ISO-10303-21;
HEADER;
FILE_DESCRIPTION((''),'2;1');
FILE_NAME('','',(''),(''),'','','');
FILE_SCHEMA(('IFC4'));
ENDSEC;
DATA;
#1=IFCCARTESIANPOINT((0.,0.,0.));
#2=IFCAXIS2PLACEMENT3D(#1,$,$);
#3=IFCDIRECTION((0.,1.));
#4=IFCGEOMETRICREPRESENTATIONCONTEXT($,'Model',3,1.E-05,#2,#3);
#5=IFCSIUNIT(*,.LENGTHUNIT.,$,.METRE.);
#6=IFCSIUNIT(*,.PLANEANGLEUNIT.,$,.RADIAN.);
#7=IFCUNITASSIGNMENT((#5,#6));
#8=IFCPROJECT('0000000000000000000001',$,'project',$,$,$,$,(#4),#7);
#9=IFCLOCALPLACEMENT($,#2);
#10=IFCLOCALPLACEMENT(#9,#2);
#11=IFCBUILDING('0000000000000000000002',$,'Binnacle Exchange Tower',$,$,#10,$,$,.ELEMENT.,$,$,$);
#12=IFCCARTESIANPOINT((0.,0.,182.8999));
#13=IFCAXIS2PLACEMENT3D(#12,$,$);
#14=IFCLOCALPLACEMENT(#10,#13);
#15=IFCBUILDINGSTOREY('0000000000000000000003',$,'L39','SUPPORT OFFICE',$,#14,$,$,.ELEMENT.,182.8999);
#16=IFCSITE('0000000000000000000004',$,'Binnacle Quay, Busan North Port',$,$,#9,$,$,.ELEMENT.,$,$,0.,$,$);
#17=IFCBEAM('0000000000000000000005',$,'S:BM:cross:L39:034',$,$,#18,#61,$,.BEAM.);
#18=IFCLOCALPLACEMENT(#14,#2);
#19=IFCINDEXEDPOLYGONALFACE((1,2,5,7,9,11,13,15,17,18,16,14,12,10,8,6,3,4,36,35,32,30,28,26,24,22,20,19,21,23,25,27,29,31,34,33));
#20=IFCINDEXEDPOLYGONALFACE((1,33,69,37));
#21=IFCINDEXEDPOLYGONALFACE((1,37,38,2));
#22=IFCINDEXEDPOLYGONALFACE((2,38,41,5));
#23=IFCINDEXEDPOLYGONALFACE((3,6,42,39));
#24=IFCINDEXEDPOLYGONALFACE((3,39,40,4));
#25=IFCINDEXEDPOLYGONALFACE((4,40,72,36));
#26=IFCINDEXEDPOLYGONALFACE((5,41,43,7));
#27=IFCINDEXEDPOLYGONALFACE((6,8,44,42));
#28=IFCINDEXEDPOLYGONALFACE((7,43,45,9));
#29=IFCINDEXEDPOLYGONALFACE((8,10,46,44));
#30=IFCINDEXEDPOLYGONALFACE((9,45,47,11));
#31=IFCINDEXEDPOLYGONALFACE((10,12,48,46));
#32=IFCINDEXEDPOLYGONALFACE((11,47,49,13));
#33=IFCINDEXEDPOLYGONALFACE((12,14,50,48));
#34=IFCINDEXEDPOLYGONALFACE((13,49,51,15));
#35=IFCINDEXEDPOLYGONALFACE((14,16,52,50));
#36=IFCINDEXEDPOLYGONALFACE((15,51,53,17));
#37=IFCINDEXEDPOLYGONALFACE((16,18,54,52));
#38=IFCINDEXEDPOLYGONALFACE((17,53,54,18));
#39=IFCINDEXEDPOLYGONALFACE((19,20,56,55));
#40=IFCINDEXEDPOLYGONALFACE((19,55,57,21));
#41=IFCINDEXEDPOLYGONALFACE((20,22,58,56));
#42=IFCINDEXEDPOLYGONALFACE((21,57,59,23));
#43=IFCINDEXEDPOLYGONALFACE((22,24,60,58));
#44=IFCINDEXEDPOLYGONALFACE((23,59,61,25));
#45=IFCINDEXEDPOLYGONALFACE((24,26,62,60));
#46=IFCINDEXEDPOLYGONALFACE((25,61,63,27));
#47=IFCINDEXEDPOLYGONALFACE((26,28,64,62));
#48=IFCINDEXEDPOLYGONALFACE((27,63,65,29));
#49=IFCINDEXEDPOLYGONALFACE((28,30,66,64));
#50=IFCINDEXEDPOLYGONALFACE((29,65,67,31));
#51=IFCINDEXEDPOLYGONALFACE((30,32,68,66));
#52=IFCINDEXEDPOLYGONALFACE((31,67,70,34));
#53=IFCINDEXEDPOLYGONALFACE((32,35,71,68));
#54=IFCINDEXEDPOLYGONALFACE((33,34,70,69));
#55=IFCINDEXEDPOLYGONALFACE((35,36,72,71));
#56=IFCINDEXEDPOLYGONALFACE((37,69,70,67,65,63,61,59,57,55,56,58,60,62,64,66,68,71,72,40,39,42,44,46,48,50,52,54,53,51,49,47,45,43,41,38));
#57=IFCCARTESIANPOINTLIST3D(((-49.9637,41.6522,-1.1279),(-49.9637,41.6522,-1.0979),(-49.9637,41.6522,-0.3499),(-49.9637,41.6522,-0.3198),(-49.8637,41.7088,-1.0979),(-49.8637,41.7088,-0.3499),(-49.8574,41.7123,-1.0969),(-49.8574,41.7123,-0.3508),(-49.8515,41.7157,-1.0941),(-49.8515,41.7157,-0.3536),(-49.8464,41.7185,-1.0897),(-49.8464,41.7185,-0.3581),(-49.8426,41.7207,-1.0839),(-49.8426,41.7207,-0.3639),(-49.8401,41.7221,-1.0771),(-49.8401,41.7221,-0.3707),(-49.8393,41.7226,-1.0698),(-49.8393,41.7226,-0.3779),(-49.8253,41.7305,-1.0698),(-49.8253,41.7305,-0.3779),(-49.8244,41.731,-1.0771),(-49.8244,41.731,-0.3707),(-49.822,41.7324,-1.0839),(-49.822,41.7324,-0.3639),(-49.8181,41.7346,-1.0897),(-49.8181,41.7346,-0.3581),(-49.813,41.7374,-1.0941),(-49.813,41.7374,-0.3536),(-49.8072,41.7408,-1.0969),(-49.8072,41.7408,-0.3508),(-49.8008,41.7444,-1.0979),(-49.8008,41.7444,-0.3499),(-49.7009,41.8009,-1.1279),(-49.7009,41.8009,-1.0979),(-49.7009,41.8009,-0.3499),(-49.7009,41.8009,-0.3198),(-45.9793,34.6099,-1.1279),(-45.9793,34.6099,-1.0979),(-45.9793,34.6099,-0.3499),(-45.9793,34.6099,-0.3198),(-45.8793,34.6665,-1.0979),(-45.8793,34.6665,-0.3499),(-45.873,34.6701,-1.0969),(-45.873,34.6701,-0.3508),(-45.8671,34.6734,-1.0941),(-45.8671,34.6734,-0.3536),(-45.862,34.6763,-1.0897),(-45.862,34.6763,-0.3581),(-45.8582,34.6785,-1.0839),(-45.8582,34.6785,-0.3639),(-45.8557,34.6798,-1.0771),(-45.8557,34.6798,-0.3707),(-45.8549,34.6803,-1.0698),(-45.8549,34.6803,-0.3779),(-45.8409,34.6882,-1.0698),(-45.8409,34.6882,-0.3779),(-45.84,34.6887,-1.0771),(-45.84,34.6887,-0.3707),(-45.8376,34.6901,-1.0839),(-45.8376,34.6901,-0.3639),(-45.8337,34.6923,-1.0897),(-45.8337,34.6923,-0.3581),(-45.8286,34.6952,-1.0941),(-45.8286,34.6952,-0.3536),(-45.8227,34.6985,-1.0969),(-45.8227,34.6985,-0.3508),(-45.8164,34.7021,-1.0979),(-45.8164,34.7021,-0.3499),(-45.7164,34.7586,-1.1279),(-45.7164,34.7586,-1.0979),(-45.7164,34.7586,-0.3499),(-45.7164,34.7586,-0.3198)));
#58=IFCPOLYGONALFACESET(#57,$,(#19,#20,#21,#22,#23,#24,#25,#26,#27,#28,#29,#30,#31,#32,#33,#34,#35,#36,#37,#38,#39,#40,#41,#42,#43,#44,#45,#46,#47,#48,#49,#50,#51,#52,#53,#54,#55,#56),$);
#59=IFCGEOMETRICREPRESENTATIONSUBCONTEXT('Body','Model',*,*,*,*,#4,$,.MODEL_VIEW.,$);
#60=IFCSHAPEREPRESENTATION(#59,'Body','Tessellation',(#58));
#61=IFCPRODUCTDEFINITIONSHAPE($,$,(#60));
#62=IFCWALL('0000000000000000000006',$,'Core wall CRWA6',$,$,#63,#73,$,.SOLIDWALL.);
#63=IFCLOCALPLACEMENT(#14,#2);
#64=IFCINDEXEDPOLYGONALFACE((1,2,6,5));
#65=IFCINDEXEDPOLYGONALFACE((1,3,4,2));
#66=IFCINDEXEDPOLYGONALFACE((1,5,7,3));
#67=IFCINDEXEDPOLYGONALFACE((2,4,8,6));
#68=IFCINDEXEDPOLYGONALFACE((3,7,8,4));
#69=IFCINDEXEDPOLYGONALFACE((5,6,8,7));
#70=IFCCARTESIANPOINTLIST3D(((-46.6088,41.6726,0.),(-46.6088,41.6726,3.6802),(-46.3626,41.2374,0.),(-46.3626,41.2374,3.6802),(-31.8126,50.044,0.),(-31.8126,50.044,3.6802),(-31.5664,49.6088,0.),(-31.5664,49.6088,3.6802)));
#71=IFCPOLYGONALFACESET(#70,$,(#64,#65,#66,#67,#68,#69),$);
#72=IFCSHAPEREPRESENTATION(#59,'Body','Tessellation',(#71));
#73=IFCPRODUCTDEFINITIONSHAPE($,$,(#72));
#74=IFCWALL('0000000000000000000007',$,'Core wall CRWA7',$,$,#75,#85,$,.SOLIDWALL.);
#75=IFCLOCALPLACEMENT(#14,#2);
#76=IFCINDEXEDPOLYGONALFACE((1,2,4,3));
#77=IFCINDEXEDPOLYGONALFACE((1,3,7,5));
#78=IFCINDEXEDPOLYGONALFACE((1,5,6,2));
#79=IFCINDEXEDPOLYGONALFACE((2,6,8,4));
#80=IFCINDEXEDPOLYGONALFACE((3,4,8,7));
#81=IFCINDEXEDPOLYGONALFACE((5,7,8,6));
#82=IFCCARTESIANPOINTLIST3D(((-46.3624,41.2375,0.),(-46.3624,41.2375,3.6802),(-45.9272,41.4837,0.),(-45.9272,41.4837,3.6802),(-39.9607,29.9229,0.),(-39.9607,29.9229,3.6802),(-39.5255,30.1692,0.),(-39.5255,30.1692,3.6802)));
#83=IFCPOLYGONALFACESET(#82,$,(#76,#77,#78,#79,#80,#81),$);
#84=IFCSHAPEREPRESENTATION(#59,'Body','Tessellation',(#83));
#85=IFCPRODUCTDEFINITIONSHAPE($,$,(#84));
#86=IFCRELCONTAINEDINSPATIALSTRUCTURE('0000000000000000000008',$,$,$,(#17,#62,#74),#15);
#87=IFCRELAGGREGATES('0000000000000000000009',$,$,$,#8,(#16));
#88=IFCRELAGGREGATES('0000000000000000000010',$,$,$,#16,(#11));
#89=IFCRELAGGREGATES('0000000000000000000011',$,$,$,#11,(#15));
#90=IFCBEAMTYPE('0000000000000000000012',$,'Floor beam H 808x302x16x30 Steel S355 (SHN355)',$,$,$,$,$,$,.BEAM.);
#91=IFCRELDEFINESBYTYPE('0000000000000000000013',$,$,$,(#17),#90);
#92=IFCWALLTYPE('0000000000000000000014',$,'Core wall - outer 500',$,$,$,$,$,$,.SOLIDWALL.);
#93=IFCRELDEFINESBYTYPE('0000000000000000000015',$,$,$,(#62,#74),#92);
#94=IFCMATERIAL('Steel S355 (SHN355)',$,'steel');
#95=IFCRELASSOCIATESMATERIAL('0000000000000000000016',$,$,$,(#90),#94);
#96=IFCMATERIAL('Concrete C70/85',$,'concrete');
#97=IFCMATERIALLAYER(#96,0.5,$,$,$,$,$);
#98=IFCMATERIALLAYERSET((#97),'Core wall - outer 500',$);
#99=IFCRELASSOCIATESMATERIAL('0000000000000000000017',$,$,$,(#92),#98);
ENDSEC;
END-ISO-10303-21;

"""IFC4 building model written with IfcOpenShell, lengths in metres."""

from ifc_helpers import new_model, si_unit, direction, frame, frame_2d, origin, origin_2d, place, context, subcontext, project, spatial, rectangle, i_section, extrude, material, layer, layer_set, material_profile, profile_set, type_object, element, save


model = new_model("IFC4")

# Units and contexts
model_context = context("Model", 3, precision=1e-05, world=origin(), true_north=direction((0.0, 1.0)))
body_context = subcontext(model_context, "Body", "Model", "MODEL_VIEW")
ifc_project = project(units=[si_unit("LENGTHUNIT", "METRE"), si_unit("PLANEANGLEUNIT", "RADIAN")], contexts=[model_context])

# Site, building, storey
site_placement = place(None, origin())
site = spatial("IfcSite", under=ifc_project, at=site_placement, Name="Binnacle Quay, Busan North Port", CompositionType="ELEMENT", RefElevation=0.0)
building_placement = place(site_placement, origin())
building = spatial("IfcBuilding", under=site, at=building_placement, Name="Binnacle Exchange Tower", CompositionType="ELEMENT")
storey_placement = place(building_placement, frame((0.0, 0.0, 182.8999)))
storey = spatial("IfcBuildingStorey", under=building, at=storey_placement, Name="L39", Description="SUPPORT OFFICE", CompositionType="ELEMENT", Elevation=182.8999)

# Shared definitions
ifc_material_1 = material(Name="Concrete C70/85", Category="concrete")

# Beam
ifc_material_2 = material(Name="Steel S355 (SHN355)", Category="steel")
ifc_material_profile_1 = material_profile(ifc_material_2, i_section(OverallWidth=0.302, OverallDepth=0.8081, WebThickness=0.0161, FlangeThickness=0.03, FilletRadius=0.0281, at=origin_2d()), Name="H 808x302x16x30")
ifc_profile_set_1 = profile_set([ifc_material_profile_1], Name="Steel S355 (SHN355)")
beam_type_1 = type_object("IfcBeamType", Name="Floor beam H 808x302x16x30 Steel S355 (SHN355)", PredefinedType="BEAM", material=ifc_profile_set_1)
beam_1_placement = place(storey_placement, frame((-49.8323, 41.7266, -0.7239), z_axis=(0.49243, -0.870352, 0.0), x_axis=(0.870352, 0.49243, 0.0)))
element("IfcBeam", 1, at=beam_1_placement, inside=storey, type_object=beam_type_1, Name="S:BM:cross:L39:034", PredefinedType="BEAM", context=body_context, shape_type="SweptSolid", body=[
    extrude(i_section(OverallWidth=0.302, OverallDepth=0.8081, WebThickness=0.0161, FlangeThickness=0.03, FilletRadius=0.0281, at=origin_2d()), origin(), (0.0, 0.0, 1.0), 8.0913),
])

# Walls
ifc_layer_1 = layer(ifc_material_1, 0.5)
ifc_layer_set_1 = layer_set([ifc_layer_1], Name="Core wall - outer 500")
wall_type_1 = type_object("IfcWallType", Name="Core wall - outer 500", PredefinedType="SOLIDWALL", material=ifc_layer_set_1)
wall_1_placement = place(storey_placement, frame((-46.4856, 41.4551, 0.0), z_axis=(0.0, 0.0, 1.0), x_axis=(0.870354, 0.492427, 0.0)))
element("IfcWall", 2, at=wall_1_placement, inside=storey, type_object=wall_type_1, Name="Core wall CRWA6", PredefinedType="SOLIDWALL", context=body_context, shape_type="SweptSolid", body=[
    extrude(rectangle(XDim=17.0002, YDim=0.5, at=frame_2d((8.5, 0.0))), origin(), (0.0, 0.0, 1.0), 3.6802),
])
wall_2_placement = place(storey_placement, frame((-46.1448, 41.3606, 0.0), z_axis=(0.0, 0.0, 1.0), x_axis=(0.492435, -0.870349, 0.0)))
element("IfcWall", 3, at=wall_2_placement, inside=storey, type_object=wall_type_1, Name="Core wall CRWA7", PredefinedType="SOLIDWALL", context=body_context, shape_type="SweptSolid", body=[
    extrude(rectangle(XDim=13.0, YDim=0.5, at=frame_2d((6.5, 0.0))), origin(), (0.0, 0.0, 1.0), 3.6802),
])

save(model, "model.ifc")
